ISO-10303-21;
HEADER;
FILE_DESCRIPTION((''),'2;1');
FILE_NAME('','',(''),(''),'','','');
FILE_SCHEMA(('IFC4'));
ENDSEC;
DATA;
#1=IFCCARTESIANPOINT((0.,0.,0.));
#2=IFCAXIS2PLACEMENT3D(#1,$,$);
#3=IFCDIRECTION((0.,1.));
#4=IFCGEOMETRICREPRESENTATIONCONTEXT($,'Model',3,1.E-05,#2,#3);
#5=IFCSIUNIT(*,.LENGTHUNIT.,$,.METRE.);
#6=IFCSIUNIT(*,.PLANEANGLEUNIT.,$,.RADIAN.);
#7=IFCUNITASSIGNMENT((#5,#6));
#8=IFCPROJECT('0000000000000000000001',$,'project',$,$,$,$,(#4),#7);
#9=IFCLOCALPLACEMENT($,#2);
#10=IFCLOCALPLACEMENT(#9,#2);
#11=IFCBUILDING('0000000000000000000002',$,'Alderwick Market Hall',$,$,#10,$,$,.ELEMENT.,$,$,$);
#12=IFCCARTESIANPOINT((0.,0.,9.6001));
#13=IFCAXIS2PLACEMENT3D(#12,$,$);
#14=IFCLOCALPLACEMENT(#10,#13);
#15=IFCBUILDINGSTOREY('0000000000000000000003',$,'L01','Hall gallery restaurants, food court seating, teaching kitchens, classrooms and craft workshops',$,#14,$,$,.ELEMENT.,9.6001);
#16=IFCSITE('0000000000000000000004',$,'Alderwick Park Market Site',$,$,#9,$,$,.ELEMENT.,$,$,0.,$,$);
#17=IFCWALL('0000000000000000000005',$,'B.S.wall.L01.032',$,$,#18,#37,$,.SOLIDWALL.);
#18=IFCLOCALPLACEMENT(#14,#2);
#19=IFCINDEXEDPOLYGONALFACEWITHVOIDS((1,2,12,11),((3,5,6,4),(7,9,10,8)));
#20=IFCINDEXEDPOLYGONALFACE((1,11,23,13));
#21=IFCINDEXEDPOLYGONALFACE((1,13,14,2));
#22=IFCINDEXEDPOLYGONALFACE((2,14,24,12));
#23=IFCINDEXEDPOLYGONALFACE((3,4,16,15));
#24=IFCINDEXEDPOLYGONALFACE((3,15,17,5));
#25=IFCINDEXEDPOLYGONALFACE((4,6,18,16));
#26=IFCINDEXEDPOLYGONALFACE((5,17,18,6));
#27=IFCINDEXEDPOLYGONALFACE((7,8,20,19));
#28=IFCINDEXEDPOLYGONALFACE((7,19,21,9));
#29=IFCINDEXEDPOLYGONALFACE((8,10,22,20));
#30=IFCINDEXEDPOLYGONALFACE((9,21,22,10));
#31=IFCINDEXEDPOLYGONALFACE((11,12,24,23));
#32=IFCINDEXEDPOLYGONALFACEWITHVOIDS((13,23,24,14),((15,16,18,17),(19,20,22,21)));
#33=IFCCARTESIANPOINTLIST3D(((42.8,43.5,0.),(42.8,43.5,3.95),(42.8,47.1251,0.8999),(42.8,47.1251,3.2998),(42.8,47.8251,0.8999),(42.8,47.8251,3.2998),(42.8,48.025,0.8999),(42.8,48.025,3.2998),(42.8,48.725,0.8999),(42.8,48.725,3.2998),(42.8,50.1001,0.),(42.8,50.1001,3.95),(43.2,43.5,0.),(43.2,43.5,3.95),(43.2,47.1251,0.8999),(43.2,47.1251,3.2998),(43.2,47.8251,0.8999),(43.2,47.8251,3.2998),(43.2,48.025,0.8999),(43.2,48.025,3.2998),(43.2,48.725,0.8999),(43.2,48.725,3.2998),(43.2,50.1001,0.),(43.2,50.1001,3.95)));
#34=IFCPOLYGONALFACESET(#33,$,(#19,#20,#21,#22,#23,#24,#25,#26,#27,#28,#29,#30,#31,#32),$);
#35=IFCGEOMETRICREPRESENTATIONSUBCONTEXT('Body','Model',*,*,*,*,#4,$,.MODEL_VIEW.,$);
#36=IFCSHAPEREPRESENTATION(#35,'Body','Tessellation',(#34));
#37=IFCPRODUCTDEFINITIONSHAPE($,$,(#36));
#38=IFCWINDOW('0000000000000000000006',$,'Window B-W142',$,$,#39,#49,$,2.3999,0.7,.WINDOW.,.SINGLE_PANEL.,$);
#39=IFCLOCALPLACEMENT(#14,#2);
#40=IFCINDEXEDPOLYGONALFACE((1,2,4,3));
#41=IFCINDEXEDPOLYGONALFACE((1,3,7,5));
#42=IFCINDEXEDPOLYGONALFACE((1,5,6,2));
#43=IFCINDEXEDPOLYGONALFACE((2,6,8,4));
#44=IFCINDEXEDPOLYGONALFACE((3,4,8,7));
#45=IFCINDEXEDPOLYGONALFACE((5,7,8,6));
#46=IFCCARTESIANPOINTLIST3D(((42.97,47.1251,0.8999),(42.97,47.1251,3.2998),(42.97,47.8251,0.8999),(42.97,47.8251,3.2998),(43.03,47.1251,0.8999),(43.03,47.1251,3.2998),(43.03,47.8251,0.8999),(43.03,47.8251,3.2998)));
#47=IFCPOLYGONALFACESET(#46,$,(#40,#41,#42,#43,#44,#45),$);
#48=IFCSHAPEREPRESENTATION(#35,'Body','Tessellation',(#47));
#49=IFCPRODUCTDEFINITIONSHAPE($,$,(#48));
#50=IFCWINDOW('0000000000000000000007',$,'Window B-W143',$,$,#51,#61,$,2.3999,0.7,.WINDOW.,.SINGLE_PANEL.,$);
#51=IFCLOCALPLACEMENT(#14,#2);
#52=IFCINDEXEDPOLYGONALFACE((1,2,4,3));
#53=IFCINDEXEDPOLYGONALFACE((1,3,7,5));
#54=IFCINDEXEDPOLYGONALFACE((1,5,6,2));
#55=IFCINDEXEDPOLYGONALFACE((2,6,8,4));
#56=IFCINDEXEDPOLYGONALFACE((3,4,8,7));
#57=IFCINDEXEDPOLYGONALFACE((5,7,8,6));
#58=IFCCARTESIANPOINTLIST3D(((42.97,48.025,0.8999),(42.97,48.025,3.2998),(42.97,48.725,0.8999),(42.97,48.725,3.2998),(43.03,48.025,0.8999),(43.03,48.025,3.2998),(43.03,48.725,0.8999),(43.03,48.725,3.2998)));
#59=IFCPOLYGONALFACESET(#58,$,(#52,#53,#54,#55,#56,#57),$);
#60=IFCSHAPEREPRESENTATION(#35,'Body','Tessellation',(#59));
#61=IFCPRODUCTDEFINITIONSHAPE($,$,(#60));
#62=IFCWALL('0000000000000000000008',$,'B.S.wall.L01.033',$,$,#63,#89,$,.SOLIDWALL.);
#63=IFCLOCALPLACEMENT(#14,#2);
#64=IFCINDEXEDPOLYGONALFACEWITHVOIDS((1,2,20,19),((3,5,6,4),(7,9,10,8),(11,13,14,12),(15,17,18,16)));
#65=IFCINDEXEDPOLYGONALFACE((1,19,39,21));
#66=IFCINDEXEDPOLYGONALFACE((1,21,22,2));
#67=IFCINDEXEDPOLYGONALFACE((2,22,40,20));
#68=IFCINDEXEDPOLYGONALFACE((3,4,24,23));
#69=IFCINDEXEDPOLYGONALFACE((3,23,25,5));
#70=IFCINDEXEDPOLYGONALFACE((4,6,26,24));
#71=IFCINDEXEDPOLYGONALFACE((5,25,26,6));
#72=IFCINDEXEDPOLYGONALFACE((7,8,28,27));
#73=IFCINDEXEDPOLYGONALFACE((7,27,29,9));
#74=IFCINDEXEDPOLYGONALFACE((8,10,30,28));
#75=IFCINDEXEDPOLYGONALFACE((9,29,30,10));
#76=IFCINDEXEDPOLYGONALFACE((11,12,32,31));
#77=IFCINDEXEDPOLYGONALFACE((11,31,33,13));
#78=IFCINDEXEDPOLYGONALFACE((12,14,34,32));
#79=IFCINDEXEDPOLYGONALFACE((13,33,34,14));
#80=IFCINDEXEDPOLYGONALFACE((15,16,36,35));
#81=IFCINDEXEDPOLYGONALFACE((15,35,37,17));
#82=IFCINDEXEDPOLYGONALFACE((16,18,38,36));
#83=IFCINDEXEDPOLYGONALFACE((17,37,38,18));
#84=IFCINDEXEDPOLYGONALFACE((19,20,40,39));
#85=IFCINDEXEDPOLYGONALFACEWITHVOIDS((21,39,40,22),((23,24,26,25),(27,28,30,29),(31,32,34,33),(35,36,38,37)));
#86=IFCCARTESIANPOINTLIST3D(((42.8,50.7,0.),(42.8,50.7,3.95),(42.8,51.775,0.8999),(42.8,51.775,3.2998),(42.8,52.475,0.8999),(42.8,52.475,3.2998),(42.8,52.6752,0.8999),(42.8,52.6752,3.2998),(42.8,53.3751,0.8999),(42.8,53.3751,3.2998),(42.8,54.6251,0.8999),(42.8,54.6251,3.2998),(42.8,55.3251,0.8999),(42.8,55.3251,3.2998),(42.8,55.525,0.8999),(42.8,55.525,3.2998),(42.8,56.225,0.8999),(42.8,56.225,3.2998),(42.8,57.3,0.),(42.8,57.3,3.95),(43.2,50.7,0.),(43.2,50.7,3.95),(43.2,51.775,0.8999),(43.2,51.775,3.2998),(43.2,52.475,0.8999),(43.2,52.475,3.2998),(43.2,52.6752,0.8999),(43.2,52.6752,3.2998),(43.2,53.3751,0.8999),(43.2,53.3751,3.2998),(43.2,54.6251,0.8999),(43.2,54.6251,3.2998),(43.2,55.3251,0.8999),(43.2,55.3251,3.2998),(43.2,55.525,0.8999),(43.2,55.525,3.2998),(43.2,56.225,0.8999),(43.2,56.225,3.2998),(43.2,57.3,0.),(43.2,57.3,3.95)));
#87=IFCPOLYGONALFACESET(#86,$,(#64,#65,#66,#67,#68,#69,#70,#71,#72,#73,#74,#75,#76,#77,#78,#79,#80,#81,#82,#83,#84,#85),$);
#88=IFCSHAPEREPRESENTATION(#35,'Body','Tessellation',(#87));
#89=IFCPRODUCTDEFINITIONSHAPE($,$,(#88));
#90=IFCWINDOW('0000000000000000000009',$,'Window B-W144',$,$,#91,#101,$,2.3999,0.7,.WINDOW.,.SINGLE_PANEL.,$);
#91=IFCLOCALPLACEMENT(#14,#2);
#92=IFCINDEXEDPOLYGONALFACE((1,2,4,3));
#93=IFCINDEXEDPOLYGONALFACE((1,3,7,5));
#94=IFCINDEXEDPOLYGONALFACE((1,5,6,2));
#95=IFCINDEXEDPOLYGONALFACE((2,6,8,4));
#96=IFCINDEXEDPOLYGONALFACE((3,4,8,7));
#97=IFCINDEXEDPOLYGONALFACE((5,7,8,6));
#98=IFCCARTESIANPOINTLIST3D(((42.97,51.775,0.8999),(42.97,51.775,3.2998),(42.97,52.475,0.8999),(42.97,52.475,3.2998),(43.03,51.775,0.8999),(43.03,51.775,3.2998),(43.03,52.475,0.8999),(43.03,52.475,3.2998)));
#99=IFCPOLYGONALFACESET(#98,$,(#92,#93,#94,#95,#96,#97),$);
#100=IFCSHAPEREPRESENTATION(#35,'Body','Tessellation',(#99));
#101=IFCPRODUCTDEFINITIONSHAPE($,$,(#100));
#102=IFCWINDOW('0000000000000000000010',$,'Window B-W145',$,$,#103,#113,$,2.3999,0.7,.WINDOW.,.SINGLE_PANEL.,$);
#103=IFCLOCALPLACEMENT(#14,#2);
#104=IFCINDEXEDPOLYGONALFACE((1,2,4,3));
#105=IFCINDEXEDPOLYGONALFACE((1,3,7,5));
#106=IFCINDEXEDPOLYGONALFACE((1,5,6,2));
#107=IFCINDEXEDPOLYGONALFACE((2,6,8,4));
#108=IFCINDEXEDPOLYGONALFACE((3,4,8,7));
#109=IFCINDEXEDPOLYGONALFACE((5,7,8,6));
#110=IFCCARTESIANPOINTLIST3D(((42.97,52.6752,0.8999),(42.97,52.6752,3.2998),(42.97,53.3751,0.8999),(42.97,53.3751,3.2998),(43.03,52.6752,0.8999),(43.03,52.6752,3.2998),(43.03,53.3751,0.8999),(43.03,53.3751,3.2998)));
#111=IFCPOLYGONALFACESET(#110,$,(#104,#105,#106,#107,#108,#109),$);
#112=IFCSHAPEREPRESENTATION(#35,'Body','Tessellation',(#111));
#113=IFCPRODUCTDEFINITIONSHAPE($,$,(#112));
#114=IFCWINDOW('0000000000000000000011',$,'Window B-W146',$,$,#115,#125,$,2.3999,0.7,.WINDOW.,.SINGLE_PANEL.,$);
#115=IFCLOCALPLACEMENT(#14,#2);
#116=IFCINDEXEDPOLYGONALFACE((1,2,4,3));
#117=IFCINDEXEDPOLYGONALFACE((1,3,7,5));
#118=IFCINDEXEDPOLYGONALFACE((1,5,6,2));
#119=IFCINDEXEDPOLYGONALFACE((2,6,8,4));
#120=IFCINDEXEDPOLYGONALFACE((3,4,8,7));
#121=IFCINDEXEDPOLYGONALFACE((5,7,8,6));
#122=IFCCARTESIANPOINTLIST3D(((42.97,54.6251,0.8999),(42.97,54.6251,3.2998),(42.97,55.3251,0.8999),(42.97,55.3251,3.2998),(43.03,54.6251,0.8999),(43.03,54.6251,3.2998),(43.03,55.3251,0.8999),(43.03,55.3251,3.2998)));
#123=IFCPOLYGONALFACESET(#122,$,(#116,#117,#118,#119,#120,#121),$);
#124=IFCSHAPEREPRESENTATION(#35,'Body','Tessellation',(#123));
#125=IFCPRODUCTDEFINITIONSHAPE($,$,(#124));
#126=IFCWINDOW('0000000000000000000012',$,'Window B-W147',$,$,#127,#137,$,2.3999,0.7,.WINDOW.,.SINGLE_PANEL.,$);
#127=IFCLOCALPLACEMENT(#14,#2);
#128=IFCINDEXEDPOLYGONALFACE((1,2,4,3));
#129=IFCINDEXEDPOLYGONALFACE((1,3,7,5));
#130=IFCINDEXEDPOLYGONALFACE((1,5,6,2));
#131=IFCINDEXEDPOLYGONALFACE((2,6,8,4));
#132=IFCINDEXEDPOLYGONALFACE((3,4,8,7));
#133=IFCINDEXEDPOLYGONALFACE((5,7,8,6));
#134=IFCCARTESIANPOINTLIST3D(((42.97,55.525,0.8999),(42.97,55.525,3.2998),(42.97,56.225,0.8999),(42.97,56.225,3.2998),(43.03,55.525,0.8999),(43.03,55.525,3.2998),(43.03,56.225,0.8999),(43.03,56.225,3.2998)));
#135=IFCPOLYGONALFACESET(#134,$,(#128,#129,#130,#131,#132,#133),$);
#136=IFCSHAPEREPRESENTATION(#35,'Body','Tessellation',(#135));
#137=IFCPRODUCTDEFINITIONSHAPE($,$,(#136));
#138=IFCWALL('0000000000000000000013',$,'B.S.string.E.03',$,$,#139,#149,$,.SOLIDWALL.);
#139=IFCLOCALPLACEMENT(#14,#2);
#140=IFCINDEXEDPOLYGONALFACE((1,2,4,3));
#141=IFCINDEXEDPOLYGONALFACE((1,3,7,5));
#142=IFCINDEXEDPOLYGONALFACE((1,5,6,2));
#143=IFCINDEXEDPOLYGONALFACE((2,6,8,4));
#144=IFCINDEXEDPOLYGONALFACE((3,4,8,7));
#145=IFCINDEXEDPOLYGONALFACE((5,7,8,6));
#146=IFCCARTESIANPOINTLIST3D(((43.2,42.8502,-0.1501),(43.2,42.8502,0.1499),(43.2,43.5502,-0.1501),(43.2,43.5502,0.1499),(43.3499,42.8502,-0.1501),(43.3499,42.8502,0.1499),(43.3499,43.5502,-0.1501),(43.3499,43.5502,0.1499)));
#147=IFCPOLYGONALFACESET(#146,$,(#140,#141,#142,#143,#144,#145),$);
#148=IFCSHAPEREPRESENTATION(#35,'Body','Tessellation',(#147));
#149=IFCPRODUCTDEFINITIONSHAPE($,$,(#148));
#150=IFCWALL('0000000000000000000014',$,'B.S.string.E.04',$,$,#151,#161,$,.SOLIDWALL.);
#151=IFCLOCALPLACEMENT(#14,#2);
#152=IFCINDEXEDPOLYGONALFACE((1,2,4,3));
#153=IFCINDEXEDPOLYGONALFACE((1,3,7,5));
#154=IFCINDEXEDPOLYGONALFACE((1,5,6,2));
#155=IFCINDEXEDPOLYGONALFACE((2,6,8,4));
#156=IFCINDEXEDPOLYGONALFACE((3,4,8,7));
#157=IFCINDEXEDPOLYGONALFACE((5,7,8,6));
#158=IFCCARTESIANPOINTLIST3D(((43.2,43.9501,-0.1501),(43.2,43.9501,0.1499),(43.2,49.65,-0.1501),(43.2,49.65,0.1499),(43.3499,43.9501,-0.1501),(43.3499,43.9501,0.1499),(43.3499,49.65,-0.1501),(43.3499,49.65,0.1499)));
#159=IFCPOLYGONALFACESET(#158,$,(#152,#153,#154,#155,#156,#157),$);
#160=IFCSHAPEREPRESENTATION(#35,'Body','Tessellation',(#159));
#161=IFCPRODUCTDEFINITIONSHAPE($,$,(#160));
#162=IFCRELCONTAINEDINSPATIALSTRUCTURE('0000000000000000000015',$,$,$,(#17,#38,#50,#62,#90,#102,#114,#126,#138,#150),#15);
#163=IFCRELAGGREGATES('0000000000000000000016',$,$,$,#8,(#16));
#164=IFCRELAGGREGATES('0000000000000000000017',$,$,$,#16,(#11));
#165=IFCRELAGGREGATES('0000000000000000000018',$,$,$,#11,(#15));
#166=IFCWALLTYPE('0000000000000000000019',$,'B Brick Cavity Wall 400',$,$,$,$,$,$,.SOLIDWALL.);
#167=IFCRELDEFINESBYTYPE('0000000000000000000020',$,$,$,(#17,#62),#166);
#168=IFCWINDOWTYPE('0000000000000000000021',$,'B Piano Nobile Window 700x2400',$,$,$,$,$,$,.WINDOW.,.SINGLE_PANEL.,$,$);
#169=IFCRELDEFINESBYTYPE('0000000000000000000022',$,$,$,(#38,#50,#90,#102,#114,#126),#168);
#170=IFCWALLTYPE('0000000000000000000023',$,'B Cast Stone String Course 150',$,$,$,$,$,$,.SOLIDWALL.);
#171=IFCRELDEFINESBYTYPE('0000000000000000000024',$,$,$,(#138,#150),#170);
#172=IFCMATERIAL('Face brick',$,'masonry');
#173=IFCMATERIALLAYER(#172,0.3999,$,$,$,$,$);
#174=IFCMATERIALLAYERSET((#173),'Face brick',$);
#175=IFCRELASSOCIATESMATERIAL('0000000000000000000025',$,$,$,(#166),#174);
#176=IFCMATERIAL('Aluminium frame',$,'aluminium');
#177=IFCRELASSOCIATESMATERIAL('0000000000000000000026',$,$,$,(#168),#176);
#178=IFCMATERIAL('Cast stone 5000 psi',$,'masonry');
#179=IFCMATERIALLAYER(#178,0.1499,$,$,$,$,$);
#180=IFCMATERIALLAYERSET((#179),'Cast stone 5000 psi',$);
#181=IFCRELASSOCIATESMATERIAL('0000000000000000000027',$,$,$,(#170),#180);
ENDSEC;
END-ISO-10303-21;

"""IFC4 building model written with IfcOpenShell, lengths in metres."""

from ifc_helpers import new_model, si_unit, direction, frame, frame_2d, origin, place, context, subcontext, project, spatial, rectangle, extrude, material, layer, layer_set, type_object, element, fill, save


model = new_model("IFC4")

# Units and contexts
model_context = context("Model", 3, precision=1e-05, world=origin(), true_north=direction((0.0, 1.0)))
body_context = subcontext(model_context, "Body", "Model", "MODEL_VIEW")
ifc_project = project(units=[si_unit("LENGTHUNIT", "METRE"), si_unit("PLANEANGLEUNIT", "RADIAN")], contexts=[model_context])

# Site, building, storey
site_placement = place(None, origin())
site = spatial("IfcSite", under=ifc_project, at=site_placement, Name="Alderwick Park Market Site", CompositionType="ELEMENT", RefElevation=0.0)
building_placement = place(site_placement, origin())
building = spatial("IfcBuilding", under=site, at=building_placement, Name="Alderwick Market Hall", CompositionType="ELEMENT")
storey_placement = place(building_placement, frame((0.0, 0.0, 9.6001)))
storey = spatial("IfcBuildingStorey", under=building, at=storey_placement, Name="L01", Description="Hall gallery restaurants, food court seating, teaching kitchens, classrooms and craft workshops", CompositionType="ELEMENT", Elevation=9.6001)

# Walls, openings, windows
ifc_material_1 = material(Name="Face brick", Category="masonry")
ifc_layer_1 = layer(ifc_material_1, 0.3999)
ifc_layer_set_1 = layer_set([ifc_layer_1], Name="Face brick")
wall_type_1 = type_object("IfcWallType", Name="B Brick Cavity Wall 400", PredefinedType="SOLIDWALL", material=ifc_layer_set_1)
wall_1_placement = place(storey_placement, frame((43.0, 43.5, 0.0), z_axis=(0.0, 0.0, 1.0), x_axis=(0.0, 1.0, 0.0)))
wall_1 = element("IfcWall", 1, at=wall_1_placement, inside=storey, type_object=wall_type_1, Name="B.S.wall.L01.032", PredefinedType="SOLIDWALL", context=body_context, shape_type="SweptSolid", body=[
    extrude(rectangle(XDim=6.6001, YDim=0.3999, at=frame_2d((3.3, 0.0))), origin(), (0.0, 0.0, 1.0), 3.95),
])
opening_1_placement = place(wall_1_placement, frame((3.625, 0.0, 0.8999)))
opening_1 = element("IfcOpeningElement", 2, at=opening_1_placement, cuts=wall_1, PredefinedType="OPENING", context=body_context, shape_type="SweptSolid", body=[
    extrude(rectangle(XDim=0.7, YDim=2.3999, at=frame_2d((0.3501, 1.2))), frame((0.0, 0.21, 0.0), z_axis=(0.0, -1.0, 0.0), x_axis=(1.0, 0.0, 0.0)), (0.0, 0.0, 1.0), 0.4199),
])
opening_2_placement = place(wall_1_placement, frame((4.5249, 0.0, 0.8999)))
opening_2 = element("IfcOpeningElement", 3, at=opening_2_placement, cuts=wall_1, PredefinedType="OPENING", context=body_context, shape_type="SweptSolid", body=[
    extrude(rectangle(XDim=0.7, YDim=2.3999, at=frame_2d((0.3501, 1.2))), frame((0.0, 0.21, 0.0), z_axis=(0.0, -1.0, 0.0), x_axis=(1.0, 0.0, 0.0)), (0.0, 0.0, 1.0), 0.4199),
])
ifc_material_2 = material(Name="Aluminium frame", Category="aluminium")
window_type = type_object("IfcWindowType", Name="B Piano Nobile Window 700x2400", PartitioningType="SINGLE_PANEL", PredefinedType="WINDOW", material=ifc_material_2)
window_1_placement = place(opening_1_placement, origin())
window_1 = element("IfcWindow", 4, at=window_1_placement, inside=storey, type_object=window_type, Name="Window B-W142", OverallHeight=2.3999, OverallWidth=0.7, PartitioningType="SINGLE_PANEL", PredefinedType="WINDOW", context=body_context, shape_type="SweptSolid", body=[
    extrude(rectangle(XDim=0.7, YDim=2.3999, at=frame_2d((0.3501, 1.2))), frame((0.0, 0.03, 0.0), z_axis=(0.0, -1.0, 0.0), x_axis=(1.0, 0.0, 0.0)), (0.0, 0.0, 1.0), 0.0601),
])
fill(opening_1, window_1)
window_2_placement = place(opening_2_placement, origin())
window_2 = element("IfcWindow", 5, at=window_2_placement, inside=storey, type_object=window_type, Name="Window B-W143", OverallHeight=2.3999, OverallWidth=0.7, PartitioningType="SINGLE_PANEL", PredefinedType="WINDOW", context=body_context, shape_type="SweptSolid", body=[
    extrude(rectangle(XDim=0.7, YDim=2.3999, at=frame_2d((0.3501, 1.2))), frame((0.0, 0.03, 0.0), z_axis=(0.0, -1.0, 0.0), x_axis=(1.0, 0.0, 0.0)), (0.0, 0.0, 1.0), 0.0601),
])
fill(opening_2, window_2)
wall_2_placement = place(storey_placement, frame((43.0, 50.7, 0.0), z_axis=(0.0, 0.0, 1.0), x_axis=(0.0, 1.0, 0.0)))
wall_2 = element("IfcWall", 6, at=wall_2_placement, inside=storey, type_object=wall_type_1, Name="B.S.wall.L01.033", PredefinedType="SOLIDWALL", context=body_context, shape_type="SweptSolid", body=[
    extrude(rectangle(XDim=6.6001, YDim=0.3999, at=frame_2d((3.3, 0.0))), origin(), (0.0, 0.0, 1.0), 3.95),
])
opening_3_placement = place(wall_2_placement, frame((1.075, 0.0, 0.8999)))
opening_3 = element("IfcOpeningElement", 7, at=opening_3_placement, cuts=wall_2, PredefinedType="OPENING", context=body_context, shape_type="SweptSolid", body=[
    extrude(rectangle(XDim=0.7, YDim=2.3999, at=frame_2d((0.3501, 1.2))), frame((0.0, 0.21, 0.0), z_axis=(0.0, -1.0, 0.0), x_axis=(1.0, 0.0, 0.0)), (0.0, 0.0, 1.0), 0.4199),
])
opening_4_placement = place(wall_2_placement, frame((1.9751, 0.0, 0.8999)))
opening_4 = element("IfcOpeningElement", 8, at=opening_4_placement, cuts=wall_2, PredefinedType="OPENING", context=body_context, shape_type="SweptSolid", body=[
    extrude(rectangle(XDim=0.7, YDim=2.3999, at=frame_2d((0.3501, 1.2))), frame((0.0, 0.21, 0.0), z_axis=(0.0, -1.0, 0.0), x_axis=(1.0, 0.0, 0.0)), (0.0, 0.0, 1.0), 0.4199),
])
opening_5_placement = place(wall_2_placement, frame((3.925, 0.0, 0.8999)))
opening_5 = element("IfcOpeningElement", 9, at=opening_5_placement, cuts=wall_2, PredefinedType="OPENING", context=body_context, shape_type="SweptSolid", body=[
    extrude(rectangle(XDim=0.7, YDim=2.3999, at=frame_2d((0.3501, 1.2))), frame((0.0, 0.21, 0.0), z_axis=(0.0, -1.0, 0.0), x_axis=(1.0, 0.0, 0.0)), (0.0, 0.0, 1.0), 0.4199),
])
opening_6_placement = place(wall_2_placement, frame((4.825, 0.0, 0.8999)))
opening_6 = element("IfcOpeningElement", 10, at=opening_6_placement, cuts=wall_2, PredefinedType="OPENING", context=body_context, shape_type="SweptSolid", body=[
    extrude(rectangle(XDim=0.7, YDim=2.3999, at=frame_2d((0.3501, 1.2))), frame((0.0, 0.21, 0.0), z_axis=(0.0, -1.0, 0.0), x_axis=(1.0, 0.0, 0.0)), (0.0, 0.0, 1.0), 0.4199),
])
window_3_placement = place(opening_3_placement, origin())
window_3 = element("IfcWindow", 11, at=window_3_placement, inside=storey, type_object=window_type, Name="Window B-W144", OverallHeight=2.3999, OverallWidth=0.7, PartitioningType="SINGLE_PANEL", PredefinedType="WINDOW", context=body_context, shape_type="SweptSolid", body=[
    extrude(rectangle(XDim=0.7, YDim=2.3999, at=frame_2d((0.3501, 1.2))), frame((0.0, 0.03, 0.0), z_axis=(0.0, -1.0, 0.0), x_axis=(1.0, 0.0, 0.0)), (0.0, 0.0, 1.0), 0.0601),
])
fill(opening_3, window_3)
window_4_placement = place(opening_4_placement, origin())
window_4 = element("IfcWindow", 12, at=window_4_placement, inside=storey, type_object=window_type, Name="Window B-W145", OverallHeight=2.3999, OverallWidth=0.7, PartitioningType="SINGLE_PANEL", PredefinedType="WINDOW", context=body_context, shape_type="SweptSolid", body=[
    extrude(rectangle(XDim=0.7, YDim=2.3999, at=frame_2d((0.3501, 1.2))), frame((0.0, 0.03, 0.0), z_axis=(0.0, -1.0, 0.0), x_axis=(1.0, 0.0, 0.0)), (0.0, 0.0, 1.0), 0.0601),
])
fill(opening_4, window_4)
window_5_placement = place(opening_5_placement, origin())
window_5 = element("IfcWindow", 13, at=window_5_placement, inside=storey, type_object=window_type, Name="Window B-W146", OverallHeight=2.3999, OverallWidth=0.7, PartitioningType="SINGLE_PANEL", PredefinedType="WINDOW", context=body_context, shape_type="SweptSolid", body=[
    extrude(rectangle(XDim=0.7, YDim=2.3999, at=frame_2d((0.3501, 1.2))), frame((0.0, 0.03, 0.0), z_axis=(0.0, -1.0, 0.0), x_axis=(1.0, 0.0, 0.0)), (0.0, 0.0, 1.0), 0.0601),
])
fill(opening_5, window_5)
window_6_placement = place(opening_6_placement, origin())
window_6 = element("IfcWindow", 14, at=window_6_placement, inside=storey, type_object=window_type, Name="Window B-W147", OverallHeight=2.3999, OverallWidth=0.7, PartitioningType="SINGLE_PANEL", PredefinedType="WINDOW", context=body_context, shape_type="SweptSolid", body=[
    extrude(rectangle(XDim=0.7, YDim=2.3999, at=frame_2d((0.3501, 1.2))), frame((0.0, 0.03, 0.0), z_axis=(0.0, -1.0, 0.0), x_axis=(1.0, 0.0, 0.0)), (0.0, 0.0, 1.0), 0.0601),
])
fill(opening_6, window_6)

# Walls
ifc_material_3 = material(Name="Cast stone 5000 psi", Category="masonry")
ifc_layer_2 = layer(ifc_material_3, 0.1499)
ifc_layer_set_2 = layer_set([ifc_layer_2], Name="Cast stone 5000 psi")
wall_type_2 = type_object("IfcWallType", Name="B Cast Stone String Course 150", PredefinedType="SOLIDWALL", material=ifc_layer_set_2)
wall_3_placement = place(storey_placement, frame((43.2749, 42.8501, -0.1501), z_axis=(0.0, 0.0, 1.0), x_axis=(0.0, 1.0, 0.0)))
element("IfcWall", 15, at=wall_3_placement, inside=storey, type_object=wall_type_2, Name="B.S.string.E.03", PredefinedType="SOLIDWALL", context=body_context, shape_type="SweptSolid", body=[
    extrude(rectangle(XDim=0.7, YDim=0.1499, at=frame_2d((0.3501, 0.0))), origin(), (0.0, 0.0, 1.0), 0.3),
])
wall_4_placement = place(storey_placement, frame((43.2749, 43.95, -0.1501), z_axis=(0.0, 0.0, 1.0), x_axis=(0.0, 1.0, 0.0)))
element("IfcWall", 16, at=wall_4_placement, inside=storey, type_object=wall_type_2, Name="B.S.string.E.04", PredefinedType="SOLIDWALL", context=body_context, shape_type="SweptSolid", body=[
    extrude(rectangle(XDim=5.7, YDim=0.1499, at=frame_2d((2.8501, 0.0))), origin(), (0.0, 0.0, 1.0), 0.3),
])

save(model, "model.ifc")
